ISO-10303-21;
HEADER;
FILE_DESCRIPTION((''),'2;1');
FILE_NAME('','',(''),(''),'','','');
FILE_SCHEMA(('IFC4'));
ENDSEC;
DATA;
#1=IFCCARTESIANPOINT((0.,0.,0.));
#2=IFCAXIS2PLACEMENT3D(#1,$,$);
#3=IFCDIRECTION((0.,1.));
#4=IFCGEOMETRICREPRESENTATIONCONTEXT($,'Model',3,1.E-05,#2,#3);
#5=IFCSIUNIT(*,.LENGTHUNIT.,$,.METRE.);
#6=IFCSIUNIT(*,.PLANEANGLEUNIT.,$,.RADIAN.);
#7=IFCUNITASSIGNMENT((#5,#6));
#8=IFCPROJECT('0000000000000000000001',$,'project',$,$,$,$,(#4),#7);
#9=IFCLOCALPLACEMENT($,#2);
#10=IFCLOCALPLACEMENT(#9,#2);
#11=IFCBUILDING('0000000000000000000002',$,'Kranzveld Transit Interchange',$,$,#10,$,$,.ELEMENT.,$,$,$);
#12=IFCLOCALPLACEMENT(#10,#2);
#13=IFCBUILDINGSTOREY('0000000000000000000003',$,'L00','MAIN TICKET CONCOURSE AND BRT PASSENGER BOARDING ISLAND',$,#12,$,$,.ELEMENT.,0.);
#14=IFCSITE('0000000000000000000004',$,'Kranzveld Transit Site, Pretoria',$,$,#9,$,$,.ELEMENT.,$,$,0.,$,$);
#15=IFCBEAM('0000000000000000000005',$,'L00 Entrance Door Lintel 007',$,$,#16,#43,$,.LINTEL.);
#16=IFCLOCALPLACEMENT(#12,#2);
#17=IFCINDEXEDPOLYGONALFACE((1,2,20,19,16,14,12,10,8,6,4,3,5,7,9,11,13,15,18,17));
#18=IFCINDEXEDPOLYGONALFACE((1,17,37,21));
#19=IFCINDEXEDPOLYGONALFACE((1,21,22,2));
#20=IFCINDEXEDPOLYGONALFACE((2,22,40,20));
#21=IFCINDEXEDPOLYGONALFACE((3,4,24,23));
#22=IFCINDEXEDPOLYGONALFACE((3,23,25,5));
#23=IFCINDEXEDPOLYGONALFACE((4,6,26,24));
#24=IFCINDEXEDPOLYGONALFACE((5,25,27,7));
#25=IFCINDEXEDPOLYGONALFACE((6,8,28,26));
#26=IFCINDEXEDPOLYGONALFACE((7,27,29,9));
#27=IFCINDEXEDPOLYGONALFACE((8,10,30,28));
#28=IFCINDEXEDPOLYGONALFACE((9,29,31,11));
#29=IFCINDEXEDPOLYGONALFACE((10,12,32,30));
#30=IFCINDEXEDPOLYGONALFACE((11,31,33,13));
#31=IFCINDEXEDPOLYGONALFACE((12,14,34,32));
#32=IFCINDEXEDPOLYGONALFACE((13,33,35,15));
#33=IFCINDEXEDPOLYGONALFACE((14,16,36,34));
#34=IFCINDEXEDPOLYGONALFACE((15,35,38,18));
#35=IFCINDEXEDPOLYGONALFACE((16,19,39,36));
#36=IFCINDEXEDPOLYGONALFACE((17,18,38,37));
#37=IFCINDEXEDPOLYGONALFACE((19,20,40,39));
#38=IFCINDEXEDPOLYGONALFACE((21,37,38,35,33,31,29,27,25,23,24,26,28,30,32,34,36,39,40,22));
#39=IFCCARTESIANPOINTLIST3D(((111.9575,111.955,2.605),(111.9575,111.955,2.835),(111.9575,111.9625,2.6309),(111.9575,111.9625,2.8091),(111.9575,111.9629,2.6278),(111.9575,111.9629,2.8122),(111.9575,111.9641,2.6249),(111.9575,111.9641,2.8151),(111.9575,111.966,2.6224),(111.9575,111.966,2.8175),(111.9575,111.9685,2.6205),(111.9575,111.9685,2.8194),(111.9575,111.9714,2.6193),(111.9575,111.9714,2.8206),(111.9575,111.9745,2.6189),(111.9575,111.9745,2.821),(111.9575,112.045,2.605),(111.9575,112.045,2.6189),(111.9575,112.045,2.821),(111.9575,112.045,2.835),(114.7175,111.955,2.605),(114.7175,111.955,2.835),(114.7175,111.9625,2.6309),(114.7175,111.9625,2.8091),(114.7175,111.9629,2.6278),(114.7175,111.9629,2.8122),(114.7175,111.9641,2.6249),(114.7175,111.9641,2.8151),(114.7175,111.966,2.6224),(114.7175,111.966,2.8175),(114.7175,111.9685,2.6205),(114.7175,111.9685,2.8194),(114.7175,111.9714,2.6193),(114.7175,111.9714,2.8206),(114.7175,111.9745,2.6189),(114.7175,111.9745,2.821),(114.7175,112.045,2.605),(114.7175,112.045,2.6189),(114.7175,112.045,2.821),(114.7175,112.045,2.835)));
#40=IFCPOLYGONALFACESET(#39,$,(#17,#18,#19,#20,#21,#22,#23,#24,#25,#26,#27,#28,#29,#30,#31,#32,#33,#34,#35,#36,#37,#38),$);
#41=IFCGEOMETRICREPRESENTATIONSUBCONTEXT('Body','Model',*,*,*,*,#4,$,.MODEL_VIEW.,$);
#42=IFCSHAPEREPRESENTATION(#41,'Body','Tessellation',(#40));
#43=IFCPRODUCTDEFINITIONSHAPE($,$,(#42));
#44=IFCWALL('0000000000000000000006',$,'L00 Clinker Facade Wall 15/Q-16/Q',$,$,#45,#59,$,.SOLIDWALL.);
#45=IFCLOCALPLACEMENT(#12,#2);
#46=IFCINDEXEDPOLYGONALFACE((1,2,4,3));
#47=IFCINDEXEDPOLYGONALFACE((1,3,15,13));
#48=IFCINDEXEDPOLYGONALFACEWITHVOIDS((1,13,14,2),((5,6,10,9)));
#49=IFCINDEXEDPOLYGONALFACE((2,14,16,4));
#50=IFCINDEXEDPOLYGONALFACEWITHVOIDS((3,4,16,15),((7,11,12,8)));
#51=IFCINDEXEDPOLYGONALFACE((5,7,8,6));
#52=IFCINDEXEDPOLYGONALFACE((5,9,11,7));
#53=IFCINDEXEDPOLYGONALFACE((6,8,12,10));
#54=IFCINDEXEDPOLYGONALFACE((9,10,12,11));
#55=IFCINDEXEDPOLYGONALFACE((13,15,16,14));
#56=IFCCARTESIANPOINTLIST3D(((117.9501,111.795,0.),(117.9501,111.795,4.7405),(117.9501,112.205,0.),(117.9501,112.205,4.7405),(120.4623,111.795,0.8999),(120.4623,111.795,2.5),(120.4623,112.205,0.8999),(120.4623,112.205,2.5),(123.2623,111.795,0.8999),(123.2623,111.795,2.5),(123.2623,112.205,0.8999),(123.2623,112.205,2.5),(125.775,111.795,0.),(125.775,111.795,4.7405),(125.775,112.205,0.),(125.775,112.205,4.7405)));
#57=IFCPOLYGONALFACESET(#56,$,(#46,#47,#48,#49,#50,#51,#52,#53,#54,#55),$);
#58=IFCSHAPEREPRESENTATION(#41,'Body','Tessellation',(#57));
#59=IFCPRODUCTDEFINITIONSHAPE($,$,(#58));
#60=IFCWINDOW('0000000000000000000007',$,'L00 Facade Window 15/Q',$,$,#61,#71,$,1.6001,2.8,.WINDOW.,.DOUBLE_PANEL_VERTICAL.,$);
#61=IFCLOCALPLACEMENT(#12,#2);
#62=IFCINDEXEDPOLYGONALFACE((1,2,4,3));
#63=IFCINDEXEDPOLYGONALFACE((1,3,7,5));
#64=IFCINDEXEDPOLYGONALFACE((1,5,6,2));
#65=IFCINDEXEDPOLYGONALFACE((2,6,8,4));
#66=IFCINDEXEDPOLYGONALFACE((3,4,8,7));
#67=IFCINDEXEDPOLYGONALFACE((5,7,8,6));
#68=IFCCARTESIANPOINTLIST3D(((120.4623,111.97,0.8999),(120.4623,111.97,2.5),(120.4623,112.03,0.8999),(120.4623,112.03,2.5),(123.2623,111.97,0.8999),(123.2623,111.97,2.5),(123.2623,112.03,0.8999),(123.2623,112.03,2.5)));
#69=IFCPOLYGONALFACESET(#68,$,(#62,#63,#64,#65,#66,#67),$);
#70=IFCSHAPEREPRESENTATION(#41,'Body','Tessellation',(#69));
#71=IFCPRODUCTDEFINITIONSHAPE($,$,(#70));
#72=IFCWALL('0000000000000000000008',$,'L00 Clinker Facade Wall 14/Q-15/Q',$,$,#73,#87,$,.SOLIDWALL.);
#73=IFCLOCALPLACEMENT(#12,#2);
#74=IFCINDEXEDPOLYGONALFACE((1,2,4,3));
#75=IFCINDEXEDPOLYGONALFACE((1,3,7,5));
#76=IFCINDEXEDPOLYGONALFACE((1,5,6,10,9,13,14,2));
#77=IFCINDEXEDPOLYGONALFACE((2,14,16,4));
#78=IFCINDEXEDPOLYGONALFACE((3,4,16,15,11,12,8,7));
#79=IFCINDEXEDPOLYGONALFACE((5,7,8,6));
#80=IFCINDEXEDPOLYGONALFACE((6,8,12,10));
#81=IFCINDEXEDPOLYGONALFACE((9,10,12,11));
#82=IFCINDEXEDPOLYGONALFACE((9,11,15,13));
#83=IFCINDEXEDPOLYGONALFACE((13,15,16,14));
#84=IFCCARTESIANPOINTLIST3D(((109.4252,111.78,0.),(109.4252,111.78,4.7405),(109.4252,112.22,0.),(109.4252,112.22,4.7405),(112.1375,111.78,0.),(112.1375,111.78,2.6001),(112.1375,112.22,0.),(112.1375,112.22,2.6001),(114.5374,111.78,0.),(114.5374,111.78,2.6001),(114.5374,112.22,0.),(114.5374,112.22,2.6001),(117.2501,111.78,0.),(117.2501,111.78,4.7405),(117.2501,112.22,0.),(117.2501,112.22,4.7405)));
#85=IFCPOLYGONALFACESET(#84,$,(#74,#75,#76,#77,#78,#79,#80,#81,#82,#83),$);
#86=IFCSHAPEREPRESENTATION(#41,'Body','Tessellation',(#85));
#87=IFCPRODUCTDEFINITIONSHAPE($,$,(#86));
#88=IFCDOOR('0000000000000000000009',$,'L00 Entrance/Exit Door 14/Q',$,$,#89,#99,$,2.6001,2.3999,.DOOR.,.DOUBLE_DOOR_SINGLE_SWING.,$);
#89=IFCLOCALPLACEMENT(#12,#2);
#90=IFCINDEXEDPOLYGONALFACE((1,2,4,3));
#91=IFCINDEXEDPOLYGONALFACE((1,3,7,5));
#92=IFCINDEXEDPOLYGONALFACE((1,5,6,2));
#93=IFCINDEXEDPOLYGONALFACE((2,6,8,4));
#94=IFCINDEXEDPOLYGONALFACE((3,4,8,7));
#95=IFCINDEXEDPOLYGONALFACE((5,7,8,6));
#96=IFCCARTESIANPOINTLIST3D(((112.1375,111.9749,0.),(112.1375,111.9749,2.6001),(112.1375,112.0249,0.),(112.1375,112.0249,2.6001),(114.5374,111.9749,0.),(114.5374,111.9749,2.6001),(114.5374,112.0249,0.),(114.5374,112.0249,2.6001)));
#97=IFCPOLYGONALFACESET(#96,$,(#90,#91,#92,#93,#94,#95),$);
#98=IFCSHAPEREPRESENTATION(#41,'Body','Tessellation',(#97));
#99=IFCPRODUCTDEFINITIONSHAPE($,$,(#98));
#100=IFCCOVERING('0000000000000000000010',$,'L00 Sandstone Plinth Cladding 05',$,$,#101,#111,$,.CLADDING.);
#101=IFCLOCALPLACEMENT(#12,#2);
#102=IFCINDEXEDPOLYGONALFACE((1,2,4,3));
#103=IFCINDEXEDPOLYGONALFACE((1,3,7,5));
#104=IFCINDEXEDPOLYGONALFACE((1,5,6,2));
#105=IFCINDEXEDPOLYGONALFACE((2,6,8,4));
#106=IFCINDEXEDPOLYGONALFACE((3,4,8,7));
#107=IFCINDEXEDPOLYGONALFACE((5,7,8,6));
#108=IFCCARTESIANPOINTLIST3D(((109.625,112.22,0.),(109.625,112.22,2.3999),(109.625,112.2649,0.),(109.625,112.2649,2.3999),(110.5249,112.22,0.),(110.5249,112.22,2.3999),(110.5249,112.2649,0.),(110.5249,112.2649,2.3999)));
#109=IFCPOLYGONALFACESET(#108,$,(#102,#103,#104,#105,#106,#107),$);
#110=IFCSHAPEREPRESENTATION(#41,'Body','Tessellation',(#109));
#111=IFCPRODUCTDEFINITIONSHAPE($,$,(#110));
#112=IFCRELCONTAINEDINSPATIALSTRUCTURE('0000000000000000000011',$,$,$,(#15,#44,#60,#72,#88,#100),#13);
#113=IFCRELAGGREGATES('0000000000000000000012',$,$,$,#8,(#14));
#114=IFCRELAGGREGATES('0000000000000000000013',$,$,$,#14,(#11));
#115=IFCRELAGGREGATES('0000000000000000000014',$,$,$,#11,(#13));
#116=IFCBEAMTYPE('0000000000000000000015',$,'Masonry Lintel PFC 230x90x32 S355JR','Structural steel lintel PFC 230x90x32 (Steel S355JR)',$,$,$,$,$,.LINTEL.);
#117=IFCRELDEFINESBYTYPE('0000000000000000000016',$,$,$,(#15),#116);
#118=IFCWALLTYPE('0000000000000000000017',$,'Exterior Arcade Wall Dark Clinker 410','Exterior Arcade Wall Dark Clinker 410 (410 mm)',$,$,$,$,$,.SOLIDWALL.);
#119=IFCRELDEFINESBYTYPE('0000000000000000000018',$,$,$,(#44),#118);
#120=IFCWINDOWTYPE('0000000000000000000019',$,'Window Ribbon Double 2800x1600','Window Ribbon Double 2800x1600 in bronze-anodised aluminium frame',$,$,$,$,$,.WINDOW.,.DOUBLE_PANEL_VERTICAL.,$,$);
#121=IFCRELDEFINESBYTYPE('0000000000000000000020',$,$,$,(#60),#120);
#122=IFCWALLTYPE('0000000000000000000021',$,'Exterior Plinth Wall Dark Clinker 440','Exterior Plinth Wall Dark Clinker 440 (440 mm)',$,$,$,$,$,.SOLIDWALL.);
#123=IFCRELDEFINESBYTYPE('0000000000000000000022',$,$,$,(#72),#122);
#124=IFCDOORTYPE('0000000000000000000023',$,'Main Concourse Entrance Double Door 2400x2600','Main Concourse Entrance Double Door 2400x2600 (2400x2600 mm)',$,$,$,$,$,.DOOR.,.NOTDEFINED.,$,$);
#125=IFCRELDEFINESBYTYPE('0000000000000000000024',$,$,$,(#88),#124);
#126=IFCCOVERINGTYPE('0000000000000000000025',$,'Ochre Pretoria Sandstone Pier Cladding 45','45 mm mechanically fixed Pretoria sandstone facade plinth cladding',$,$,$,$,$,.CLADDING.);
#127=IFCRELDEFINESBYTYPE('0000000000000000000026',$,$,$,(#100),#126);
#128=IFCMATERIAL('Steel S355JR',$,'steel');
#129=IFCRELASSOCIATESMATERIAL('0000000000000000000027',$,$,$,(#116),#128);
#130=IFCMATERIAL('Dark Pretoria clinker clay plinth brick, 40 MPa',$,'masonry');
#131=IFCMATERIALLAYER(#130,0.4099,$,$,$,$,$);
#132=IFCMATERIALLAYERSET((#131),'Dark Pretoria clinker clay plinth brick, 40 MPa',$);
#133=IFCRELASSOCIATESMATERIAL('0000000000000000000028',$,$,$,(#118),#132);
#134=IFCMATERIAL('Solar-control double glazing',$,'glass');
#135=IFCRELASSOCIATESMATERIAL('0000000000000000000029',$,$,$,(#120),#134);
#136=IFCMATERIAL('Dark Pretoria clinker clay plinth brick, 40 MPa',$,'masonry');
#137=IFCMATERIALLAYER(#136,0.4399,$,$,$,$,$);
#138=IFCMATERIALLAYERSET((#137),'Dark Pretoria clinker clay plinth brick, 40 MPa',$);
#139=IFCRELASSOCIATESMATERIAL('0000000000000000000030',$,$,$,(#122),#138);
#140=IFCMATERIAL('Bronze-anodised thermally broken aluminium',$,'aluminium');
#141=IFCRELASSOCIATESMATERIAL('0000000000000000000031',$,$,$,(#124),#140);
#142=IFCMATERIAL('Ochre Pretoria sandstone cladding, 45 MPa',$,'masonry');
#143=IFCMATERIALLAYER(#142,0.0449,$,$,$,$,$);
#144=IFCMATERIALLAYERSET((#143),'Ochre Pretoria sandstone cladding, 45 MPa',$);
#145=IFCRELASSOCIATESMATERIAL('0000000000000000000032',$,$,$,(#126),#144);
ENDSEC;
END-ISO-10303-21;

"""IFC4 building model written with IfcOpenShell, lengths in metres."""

from ifc_helpers import new_model, si_unit, direction, frame, frame_2d, origin, origin_2d, place, context, subcontext, project, spatial, rectangle, u_section, extrude, material, layer, layer_set, material_profile, profile_set, type_object, element, fill, save


model = new_model("IFC4")

# Units and contexts
model_context = context("Model", 3, precision=1e-05, world=origin(), true_north=direction((0.0, 1.0)))
body_context = subcontext(model_context, "Body", "Model", "MODEL_VIEW")
ifc_project = project(units=[si_unit("LENGTHUNIT", "METRE"), si_unit("PLANEANGLEUNIT", "RADIAN")], contexts=[model_context])

# Site, building, storey
site_placement = place(None, origin())
site = spatial("IfcSite", under=ifc_project, at=site_placement, Name="Kranzveld Transit Site, Pretoria", CompositionType="ELEMENT", RefElevation=0.0)
building_placement = place(site_placement, origin())
building = spatial("IfcBuilding", under=site, at=building_placement, Name="Kranzveld Transit Interchange", CompositionType="ELEMENT")
storey_placement = place(building_placement, origin())
storey = spatial("IfcBuildingStorey", under=building, at=storey_placement, Name="L00", Description="MAIN TICKET CONCOURSE AND BRT PASSENGER BOARDING ISLAND", CompositionType="ELEMENT", Elevation=0.0)

# Beam
ifc_material_1 = material(Name="Steel S355JR", Category="steel")
ifc_material_profile_1 = material_profile(ifc_material_1, u_section(Depth=0.23, FlangeWidth=0.0901, WebThickness=0.0076, FlangeThickness=0.0139, FilletRadius=0.012, at=origin_2d()), Name="PFC 230x90x32")
ifc_profile_set_1 = profile_set([ifc_material_profile_1], Name="Steel S355JR")
beam_type_1 = type_object("IfcBeamType", Name="Masonry Lintel PFC 230x90x32 S355JR", Description="Structural steel lintel PFC 230x90x32 (Steel S355JR)", PredefinedType="LINTEL", material=ifc_profile_set_1)
beam_1_placement = place(storey_placement, frame((111.9575, 112.0, 2.72), z_axis=(1.0, 0.0, 0.0), x_axis=(0.0, 1.0, 0.0)))
element("IfcBeam", 1, at=beam_1_placement, inside=storey, type_object=beam_type_1, Name="L00 Entrance Door Lintel 007", PredefinedType="LINTEL", context=body_context, shape_type="SweptSolid", body=[
    extrude(u_section(Depth=0.23, FlangeWidth=0.0901, WebThickness=0.0076, FlangeThickness=0.0139, FilletRadius=0.012, at=origin_2d()), origin(), (0.0, 0.0, 1.0), 2.76),
])

# Wall, opening, window
ifc_material_2 = material(Name="Dark Pretoria clinker clay plinth brick, 40 MPa", Category="masonry")
ifc_layer_1 = layer(ifc_material_2, 0.4099)
ifc_layer_set_1 = layer_set([ifc_layer_1], Name="Dark Pretoria clinker clay plinth brick, 40 MPa")
wall_type_1 = type_object("IfcWallType", Name="Exterior Arcade Wall Dark Clinker 410", Description="Exterior Arcade Wall Dark Clinker 410 (410 mm)", PredefinedType="SOLIDWALL", material=ifc_layer_set_1)
wall_1_placement = place(storey_placement, frame((117.95, 112.0, 0.0), z_axis=(0.0, 0.0, 1.0), x_axis=(1.0, 0.0, 0.0)))
wall_1 = element("IfcWall", 2, at=wall_1_placement, inside=storey, type_object=wall_type_1, Name="L00 Clinker Facade Wall 15/Q-16/Q", PredefinedType="SOLIDWALL", context=body_context, shape_type="SweptSolid", body=[
    extrude(rectangle(XDim=7.825, YDim=0.4099, at=frame_2d((3.9126, 0.0))), origin(), (0.0, 0.0, 1.0), 4.7405),
])
opening_1_placement = place(wall_1_placement, frame((2.5125, 0.0, 0.8999), z_axis=(0.0, 0.0, 1.0), x_axis=(1.0, 0.0, 0.0)))
opening_1 = element("IfcOpeningElement", 3, at=opening_1_placement, cuts=wall_1, PredefinedType="OPENING", context=body_context, shape_type="SweptSolid", body=[
    extrude(rectangle(XDim=2.8, YDim=1.6001, at=frame_2d((1.3999, 0.8))), frame((0.0, 0.2148, 0.0), z_axis=(0.0, -1.0, 0.0), x_axis=(1.0, 0.0, 0.0)), (0.0, 0.0, 1.0), 0.4299),
])
ifc_material_3 = material(Name="Solar-control double glazing", Category="glass")
window_type = type_object("IfcWindowType", Name="Window Ribbon Double 2800x1600", Description="Window Ribbon Double 2800x1600 in bronze-anodised aluminium frame", PartitioningType="DOUBLE_PANEL_VERTICAL", PredefinedType="WINDOW", material=ifc_material_3)
window_placement = place(opening_1_placement, origin())
window = element("IfcWindow", 4, at=window_placement, inside=storey, type_object=window_type, Name="L00 Facade Window 15/Q", OverallHeight=1.6001, OverallWidth=2.8, PartitioningType="DOUBLE_PANEL_VERTICAL", PredefinedType="WINDOW", context=body_context, shape_type="SweptSolid", body=[
    extrude(rectangle(XDim=2.8, YDim=1.6001, at=frame_2d((1.3999, 0.8))), frame((0.0, 0.03, 0.0), z_axis=(0.0, -1.0, 0.0), x_axis=(1.0, 0.0, 0.0)), (0.0, 0.0, 1.0), 0.0601),
])
fill(opening_1, window)

# Wall, opening, door
ifc_material_4 = material(Name="Dark Pretoria clinker clay plinth brick, 40 MPa", Category="masonry")
ifc_layer_2 = layer(ifc_material_4, 0.4399)
ifc_layer_set_2 = layer_set([ifc_layer_2], Name="Dark Pretoria clinker clay plinth brick, 40 MPa")
wall_type_2 = type_object("IfcWallType", Name="Exterior Plinth Wall Dark Clinker 440", Description="Exterior Plinth Wall Dark Clinker 440 (440 mm)", PredefinedType="SOLIDWALL", material=ifc_layer_set_2)
wall_2_placement = place(storey_placement, frame((109.425, 112.0, 0.0), z_axis=(0.0, 0.0, 1.0), x_axis=(1.0, 0.0, 0.0)))
wall_2 = element("IfcWall", 5, at=wall_2_placement, inside=storey, type_object=wall_type_2, Name="L00 Clinker Facade Wall 14/Q-15/Q", PredefinedType="SOLIDWALL", context=body_context, shape_type="SweptSolid", body=[
    extrude(rectangle(XDim=7.825, YDim=0.4399, at=frame_2d((3.9126, 0.0))), origin(), (0.0, 0.0, 1.0), 4.7405),
])
opening_2_placement = place(wall_2_placement, frame((2.7124, 0.0, 0.0), z_axis=(0.0, 0.0, 1.0), x_axis=(1.0, 0.0, 0.0)))
opening_2 = element("IfcOpeningElement", 6, at=opening_2_placement, cuts=wall_2, PredefinedType="OPENING", context=body_context, shape_type="SweptSolid", body=[
    extrude(rectangle(XDim=2.3999, YDim=2.6001, at=frame_2d((1.2, 1.3))), frame((0.0, 0.23, 0.0), z_axis=(0.0, -1.0, 0.0), x_axis=(1.0, 0.0, 0.0)), (0.0, 0.0, 1.0), 0.46),
])
ifc_material_5 = material(Name="Bronze-anodised thermally broken aluminium", Category="aluminium")
door_type = type_object("IfcDoorType", Name="Main Concourse Entrance Double Door 2400x2600", Description="Main Concourse Entrance Double Door 2400x2600 (2400x2600 mm)", OperationType="NOTDEFINED", PredefinedType="DOOR", material=ifc_material_5)
door_placement = place(opening_2_placement, origin())
door = element("IfcDoor", 7, at=door_placement, inside=storey, type_object=door_type, Name="L00 Entrance/Exit Door 14/Q", OperationType="DOUBLE_DOOR_SINGLE_SWING", OverallHeight=2.6001, OverallWidth=2.3999, PredefinedType="DOOR", context=body_context, shape_type="SweptSolid", body=[
    extrude(rectangle(XDim=2.3999, YDim=2.6001, at=frame_2d((1.2, 1.3))), frame((0.0, 0.0249, 0.0), z_axis=(0.0, -1.0, 0.0), x_axis=(1.0, 0.0, 0.0)), (0.0, 0.0, 1.0), 0.05),
])
fill(opening_2, door)

# Covering
ifc_material_6 = material(Name="Ochre Pretoria sandstone cladding, 45 MPa", Category="masonry")
ifc_layer_3 = layer(ifc_material_6, 0.0449)
ifc_layer_set_3 = layer_set([ifc_layer_3], Name="Ochre Pretoria sandstone cladding, 45 MPa")
covering_type = type_object("IfcCoveringType", Name="Ochre Pretoria Sandstone Pier Cladding 45", Description="45 mm mechanically fixed Pretoria sandstone facade plinth cladding", PredefinedType="CLADDING", material=ifc_layer_set_3)
covering_placement = place(storey_placement, frame((110.075, 112.2424, 0.0), z_axis=(0.0, 0.0, 1.0), x_axis=(1.0, 0.0, 0.0)))
element("IfcCovering", 8, at=covering_placement, inside=storey, type_object=covering_type, Name="L00 Sandstone Plinth Cladding 05", PredefinedType="CLADDING", context=body_context, shape_type="SweptSolid", body=[
    extrude(rectangle(XDim=0.8999, YDim=0.0449, at=origin_2d()), origin(), (0.0, 0.0, 1.0), 2.3999),
])

save(model, "model.ifc")
